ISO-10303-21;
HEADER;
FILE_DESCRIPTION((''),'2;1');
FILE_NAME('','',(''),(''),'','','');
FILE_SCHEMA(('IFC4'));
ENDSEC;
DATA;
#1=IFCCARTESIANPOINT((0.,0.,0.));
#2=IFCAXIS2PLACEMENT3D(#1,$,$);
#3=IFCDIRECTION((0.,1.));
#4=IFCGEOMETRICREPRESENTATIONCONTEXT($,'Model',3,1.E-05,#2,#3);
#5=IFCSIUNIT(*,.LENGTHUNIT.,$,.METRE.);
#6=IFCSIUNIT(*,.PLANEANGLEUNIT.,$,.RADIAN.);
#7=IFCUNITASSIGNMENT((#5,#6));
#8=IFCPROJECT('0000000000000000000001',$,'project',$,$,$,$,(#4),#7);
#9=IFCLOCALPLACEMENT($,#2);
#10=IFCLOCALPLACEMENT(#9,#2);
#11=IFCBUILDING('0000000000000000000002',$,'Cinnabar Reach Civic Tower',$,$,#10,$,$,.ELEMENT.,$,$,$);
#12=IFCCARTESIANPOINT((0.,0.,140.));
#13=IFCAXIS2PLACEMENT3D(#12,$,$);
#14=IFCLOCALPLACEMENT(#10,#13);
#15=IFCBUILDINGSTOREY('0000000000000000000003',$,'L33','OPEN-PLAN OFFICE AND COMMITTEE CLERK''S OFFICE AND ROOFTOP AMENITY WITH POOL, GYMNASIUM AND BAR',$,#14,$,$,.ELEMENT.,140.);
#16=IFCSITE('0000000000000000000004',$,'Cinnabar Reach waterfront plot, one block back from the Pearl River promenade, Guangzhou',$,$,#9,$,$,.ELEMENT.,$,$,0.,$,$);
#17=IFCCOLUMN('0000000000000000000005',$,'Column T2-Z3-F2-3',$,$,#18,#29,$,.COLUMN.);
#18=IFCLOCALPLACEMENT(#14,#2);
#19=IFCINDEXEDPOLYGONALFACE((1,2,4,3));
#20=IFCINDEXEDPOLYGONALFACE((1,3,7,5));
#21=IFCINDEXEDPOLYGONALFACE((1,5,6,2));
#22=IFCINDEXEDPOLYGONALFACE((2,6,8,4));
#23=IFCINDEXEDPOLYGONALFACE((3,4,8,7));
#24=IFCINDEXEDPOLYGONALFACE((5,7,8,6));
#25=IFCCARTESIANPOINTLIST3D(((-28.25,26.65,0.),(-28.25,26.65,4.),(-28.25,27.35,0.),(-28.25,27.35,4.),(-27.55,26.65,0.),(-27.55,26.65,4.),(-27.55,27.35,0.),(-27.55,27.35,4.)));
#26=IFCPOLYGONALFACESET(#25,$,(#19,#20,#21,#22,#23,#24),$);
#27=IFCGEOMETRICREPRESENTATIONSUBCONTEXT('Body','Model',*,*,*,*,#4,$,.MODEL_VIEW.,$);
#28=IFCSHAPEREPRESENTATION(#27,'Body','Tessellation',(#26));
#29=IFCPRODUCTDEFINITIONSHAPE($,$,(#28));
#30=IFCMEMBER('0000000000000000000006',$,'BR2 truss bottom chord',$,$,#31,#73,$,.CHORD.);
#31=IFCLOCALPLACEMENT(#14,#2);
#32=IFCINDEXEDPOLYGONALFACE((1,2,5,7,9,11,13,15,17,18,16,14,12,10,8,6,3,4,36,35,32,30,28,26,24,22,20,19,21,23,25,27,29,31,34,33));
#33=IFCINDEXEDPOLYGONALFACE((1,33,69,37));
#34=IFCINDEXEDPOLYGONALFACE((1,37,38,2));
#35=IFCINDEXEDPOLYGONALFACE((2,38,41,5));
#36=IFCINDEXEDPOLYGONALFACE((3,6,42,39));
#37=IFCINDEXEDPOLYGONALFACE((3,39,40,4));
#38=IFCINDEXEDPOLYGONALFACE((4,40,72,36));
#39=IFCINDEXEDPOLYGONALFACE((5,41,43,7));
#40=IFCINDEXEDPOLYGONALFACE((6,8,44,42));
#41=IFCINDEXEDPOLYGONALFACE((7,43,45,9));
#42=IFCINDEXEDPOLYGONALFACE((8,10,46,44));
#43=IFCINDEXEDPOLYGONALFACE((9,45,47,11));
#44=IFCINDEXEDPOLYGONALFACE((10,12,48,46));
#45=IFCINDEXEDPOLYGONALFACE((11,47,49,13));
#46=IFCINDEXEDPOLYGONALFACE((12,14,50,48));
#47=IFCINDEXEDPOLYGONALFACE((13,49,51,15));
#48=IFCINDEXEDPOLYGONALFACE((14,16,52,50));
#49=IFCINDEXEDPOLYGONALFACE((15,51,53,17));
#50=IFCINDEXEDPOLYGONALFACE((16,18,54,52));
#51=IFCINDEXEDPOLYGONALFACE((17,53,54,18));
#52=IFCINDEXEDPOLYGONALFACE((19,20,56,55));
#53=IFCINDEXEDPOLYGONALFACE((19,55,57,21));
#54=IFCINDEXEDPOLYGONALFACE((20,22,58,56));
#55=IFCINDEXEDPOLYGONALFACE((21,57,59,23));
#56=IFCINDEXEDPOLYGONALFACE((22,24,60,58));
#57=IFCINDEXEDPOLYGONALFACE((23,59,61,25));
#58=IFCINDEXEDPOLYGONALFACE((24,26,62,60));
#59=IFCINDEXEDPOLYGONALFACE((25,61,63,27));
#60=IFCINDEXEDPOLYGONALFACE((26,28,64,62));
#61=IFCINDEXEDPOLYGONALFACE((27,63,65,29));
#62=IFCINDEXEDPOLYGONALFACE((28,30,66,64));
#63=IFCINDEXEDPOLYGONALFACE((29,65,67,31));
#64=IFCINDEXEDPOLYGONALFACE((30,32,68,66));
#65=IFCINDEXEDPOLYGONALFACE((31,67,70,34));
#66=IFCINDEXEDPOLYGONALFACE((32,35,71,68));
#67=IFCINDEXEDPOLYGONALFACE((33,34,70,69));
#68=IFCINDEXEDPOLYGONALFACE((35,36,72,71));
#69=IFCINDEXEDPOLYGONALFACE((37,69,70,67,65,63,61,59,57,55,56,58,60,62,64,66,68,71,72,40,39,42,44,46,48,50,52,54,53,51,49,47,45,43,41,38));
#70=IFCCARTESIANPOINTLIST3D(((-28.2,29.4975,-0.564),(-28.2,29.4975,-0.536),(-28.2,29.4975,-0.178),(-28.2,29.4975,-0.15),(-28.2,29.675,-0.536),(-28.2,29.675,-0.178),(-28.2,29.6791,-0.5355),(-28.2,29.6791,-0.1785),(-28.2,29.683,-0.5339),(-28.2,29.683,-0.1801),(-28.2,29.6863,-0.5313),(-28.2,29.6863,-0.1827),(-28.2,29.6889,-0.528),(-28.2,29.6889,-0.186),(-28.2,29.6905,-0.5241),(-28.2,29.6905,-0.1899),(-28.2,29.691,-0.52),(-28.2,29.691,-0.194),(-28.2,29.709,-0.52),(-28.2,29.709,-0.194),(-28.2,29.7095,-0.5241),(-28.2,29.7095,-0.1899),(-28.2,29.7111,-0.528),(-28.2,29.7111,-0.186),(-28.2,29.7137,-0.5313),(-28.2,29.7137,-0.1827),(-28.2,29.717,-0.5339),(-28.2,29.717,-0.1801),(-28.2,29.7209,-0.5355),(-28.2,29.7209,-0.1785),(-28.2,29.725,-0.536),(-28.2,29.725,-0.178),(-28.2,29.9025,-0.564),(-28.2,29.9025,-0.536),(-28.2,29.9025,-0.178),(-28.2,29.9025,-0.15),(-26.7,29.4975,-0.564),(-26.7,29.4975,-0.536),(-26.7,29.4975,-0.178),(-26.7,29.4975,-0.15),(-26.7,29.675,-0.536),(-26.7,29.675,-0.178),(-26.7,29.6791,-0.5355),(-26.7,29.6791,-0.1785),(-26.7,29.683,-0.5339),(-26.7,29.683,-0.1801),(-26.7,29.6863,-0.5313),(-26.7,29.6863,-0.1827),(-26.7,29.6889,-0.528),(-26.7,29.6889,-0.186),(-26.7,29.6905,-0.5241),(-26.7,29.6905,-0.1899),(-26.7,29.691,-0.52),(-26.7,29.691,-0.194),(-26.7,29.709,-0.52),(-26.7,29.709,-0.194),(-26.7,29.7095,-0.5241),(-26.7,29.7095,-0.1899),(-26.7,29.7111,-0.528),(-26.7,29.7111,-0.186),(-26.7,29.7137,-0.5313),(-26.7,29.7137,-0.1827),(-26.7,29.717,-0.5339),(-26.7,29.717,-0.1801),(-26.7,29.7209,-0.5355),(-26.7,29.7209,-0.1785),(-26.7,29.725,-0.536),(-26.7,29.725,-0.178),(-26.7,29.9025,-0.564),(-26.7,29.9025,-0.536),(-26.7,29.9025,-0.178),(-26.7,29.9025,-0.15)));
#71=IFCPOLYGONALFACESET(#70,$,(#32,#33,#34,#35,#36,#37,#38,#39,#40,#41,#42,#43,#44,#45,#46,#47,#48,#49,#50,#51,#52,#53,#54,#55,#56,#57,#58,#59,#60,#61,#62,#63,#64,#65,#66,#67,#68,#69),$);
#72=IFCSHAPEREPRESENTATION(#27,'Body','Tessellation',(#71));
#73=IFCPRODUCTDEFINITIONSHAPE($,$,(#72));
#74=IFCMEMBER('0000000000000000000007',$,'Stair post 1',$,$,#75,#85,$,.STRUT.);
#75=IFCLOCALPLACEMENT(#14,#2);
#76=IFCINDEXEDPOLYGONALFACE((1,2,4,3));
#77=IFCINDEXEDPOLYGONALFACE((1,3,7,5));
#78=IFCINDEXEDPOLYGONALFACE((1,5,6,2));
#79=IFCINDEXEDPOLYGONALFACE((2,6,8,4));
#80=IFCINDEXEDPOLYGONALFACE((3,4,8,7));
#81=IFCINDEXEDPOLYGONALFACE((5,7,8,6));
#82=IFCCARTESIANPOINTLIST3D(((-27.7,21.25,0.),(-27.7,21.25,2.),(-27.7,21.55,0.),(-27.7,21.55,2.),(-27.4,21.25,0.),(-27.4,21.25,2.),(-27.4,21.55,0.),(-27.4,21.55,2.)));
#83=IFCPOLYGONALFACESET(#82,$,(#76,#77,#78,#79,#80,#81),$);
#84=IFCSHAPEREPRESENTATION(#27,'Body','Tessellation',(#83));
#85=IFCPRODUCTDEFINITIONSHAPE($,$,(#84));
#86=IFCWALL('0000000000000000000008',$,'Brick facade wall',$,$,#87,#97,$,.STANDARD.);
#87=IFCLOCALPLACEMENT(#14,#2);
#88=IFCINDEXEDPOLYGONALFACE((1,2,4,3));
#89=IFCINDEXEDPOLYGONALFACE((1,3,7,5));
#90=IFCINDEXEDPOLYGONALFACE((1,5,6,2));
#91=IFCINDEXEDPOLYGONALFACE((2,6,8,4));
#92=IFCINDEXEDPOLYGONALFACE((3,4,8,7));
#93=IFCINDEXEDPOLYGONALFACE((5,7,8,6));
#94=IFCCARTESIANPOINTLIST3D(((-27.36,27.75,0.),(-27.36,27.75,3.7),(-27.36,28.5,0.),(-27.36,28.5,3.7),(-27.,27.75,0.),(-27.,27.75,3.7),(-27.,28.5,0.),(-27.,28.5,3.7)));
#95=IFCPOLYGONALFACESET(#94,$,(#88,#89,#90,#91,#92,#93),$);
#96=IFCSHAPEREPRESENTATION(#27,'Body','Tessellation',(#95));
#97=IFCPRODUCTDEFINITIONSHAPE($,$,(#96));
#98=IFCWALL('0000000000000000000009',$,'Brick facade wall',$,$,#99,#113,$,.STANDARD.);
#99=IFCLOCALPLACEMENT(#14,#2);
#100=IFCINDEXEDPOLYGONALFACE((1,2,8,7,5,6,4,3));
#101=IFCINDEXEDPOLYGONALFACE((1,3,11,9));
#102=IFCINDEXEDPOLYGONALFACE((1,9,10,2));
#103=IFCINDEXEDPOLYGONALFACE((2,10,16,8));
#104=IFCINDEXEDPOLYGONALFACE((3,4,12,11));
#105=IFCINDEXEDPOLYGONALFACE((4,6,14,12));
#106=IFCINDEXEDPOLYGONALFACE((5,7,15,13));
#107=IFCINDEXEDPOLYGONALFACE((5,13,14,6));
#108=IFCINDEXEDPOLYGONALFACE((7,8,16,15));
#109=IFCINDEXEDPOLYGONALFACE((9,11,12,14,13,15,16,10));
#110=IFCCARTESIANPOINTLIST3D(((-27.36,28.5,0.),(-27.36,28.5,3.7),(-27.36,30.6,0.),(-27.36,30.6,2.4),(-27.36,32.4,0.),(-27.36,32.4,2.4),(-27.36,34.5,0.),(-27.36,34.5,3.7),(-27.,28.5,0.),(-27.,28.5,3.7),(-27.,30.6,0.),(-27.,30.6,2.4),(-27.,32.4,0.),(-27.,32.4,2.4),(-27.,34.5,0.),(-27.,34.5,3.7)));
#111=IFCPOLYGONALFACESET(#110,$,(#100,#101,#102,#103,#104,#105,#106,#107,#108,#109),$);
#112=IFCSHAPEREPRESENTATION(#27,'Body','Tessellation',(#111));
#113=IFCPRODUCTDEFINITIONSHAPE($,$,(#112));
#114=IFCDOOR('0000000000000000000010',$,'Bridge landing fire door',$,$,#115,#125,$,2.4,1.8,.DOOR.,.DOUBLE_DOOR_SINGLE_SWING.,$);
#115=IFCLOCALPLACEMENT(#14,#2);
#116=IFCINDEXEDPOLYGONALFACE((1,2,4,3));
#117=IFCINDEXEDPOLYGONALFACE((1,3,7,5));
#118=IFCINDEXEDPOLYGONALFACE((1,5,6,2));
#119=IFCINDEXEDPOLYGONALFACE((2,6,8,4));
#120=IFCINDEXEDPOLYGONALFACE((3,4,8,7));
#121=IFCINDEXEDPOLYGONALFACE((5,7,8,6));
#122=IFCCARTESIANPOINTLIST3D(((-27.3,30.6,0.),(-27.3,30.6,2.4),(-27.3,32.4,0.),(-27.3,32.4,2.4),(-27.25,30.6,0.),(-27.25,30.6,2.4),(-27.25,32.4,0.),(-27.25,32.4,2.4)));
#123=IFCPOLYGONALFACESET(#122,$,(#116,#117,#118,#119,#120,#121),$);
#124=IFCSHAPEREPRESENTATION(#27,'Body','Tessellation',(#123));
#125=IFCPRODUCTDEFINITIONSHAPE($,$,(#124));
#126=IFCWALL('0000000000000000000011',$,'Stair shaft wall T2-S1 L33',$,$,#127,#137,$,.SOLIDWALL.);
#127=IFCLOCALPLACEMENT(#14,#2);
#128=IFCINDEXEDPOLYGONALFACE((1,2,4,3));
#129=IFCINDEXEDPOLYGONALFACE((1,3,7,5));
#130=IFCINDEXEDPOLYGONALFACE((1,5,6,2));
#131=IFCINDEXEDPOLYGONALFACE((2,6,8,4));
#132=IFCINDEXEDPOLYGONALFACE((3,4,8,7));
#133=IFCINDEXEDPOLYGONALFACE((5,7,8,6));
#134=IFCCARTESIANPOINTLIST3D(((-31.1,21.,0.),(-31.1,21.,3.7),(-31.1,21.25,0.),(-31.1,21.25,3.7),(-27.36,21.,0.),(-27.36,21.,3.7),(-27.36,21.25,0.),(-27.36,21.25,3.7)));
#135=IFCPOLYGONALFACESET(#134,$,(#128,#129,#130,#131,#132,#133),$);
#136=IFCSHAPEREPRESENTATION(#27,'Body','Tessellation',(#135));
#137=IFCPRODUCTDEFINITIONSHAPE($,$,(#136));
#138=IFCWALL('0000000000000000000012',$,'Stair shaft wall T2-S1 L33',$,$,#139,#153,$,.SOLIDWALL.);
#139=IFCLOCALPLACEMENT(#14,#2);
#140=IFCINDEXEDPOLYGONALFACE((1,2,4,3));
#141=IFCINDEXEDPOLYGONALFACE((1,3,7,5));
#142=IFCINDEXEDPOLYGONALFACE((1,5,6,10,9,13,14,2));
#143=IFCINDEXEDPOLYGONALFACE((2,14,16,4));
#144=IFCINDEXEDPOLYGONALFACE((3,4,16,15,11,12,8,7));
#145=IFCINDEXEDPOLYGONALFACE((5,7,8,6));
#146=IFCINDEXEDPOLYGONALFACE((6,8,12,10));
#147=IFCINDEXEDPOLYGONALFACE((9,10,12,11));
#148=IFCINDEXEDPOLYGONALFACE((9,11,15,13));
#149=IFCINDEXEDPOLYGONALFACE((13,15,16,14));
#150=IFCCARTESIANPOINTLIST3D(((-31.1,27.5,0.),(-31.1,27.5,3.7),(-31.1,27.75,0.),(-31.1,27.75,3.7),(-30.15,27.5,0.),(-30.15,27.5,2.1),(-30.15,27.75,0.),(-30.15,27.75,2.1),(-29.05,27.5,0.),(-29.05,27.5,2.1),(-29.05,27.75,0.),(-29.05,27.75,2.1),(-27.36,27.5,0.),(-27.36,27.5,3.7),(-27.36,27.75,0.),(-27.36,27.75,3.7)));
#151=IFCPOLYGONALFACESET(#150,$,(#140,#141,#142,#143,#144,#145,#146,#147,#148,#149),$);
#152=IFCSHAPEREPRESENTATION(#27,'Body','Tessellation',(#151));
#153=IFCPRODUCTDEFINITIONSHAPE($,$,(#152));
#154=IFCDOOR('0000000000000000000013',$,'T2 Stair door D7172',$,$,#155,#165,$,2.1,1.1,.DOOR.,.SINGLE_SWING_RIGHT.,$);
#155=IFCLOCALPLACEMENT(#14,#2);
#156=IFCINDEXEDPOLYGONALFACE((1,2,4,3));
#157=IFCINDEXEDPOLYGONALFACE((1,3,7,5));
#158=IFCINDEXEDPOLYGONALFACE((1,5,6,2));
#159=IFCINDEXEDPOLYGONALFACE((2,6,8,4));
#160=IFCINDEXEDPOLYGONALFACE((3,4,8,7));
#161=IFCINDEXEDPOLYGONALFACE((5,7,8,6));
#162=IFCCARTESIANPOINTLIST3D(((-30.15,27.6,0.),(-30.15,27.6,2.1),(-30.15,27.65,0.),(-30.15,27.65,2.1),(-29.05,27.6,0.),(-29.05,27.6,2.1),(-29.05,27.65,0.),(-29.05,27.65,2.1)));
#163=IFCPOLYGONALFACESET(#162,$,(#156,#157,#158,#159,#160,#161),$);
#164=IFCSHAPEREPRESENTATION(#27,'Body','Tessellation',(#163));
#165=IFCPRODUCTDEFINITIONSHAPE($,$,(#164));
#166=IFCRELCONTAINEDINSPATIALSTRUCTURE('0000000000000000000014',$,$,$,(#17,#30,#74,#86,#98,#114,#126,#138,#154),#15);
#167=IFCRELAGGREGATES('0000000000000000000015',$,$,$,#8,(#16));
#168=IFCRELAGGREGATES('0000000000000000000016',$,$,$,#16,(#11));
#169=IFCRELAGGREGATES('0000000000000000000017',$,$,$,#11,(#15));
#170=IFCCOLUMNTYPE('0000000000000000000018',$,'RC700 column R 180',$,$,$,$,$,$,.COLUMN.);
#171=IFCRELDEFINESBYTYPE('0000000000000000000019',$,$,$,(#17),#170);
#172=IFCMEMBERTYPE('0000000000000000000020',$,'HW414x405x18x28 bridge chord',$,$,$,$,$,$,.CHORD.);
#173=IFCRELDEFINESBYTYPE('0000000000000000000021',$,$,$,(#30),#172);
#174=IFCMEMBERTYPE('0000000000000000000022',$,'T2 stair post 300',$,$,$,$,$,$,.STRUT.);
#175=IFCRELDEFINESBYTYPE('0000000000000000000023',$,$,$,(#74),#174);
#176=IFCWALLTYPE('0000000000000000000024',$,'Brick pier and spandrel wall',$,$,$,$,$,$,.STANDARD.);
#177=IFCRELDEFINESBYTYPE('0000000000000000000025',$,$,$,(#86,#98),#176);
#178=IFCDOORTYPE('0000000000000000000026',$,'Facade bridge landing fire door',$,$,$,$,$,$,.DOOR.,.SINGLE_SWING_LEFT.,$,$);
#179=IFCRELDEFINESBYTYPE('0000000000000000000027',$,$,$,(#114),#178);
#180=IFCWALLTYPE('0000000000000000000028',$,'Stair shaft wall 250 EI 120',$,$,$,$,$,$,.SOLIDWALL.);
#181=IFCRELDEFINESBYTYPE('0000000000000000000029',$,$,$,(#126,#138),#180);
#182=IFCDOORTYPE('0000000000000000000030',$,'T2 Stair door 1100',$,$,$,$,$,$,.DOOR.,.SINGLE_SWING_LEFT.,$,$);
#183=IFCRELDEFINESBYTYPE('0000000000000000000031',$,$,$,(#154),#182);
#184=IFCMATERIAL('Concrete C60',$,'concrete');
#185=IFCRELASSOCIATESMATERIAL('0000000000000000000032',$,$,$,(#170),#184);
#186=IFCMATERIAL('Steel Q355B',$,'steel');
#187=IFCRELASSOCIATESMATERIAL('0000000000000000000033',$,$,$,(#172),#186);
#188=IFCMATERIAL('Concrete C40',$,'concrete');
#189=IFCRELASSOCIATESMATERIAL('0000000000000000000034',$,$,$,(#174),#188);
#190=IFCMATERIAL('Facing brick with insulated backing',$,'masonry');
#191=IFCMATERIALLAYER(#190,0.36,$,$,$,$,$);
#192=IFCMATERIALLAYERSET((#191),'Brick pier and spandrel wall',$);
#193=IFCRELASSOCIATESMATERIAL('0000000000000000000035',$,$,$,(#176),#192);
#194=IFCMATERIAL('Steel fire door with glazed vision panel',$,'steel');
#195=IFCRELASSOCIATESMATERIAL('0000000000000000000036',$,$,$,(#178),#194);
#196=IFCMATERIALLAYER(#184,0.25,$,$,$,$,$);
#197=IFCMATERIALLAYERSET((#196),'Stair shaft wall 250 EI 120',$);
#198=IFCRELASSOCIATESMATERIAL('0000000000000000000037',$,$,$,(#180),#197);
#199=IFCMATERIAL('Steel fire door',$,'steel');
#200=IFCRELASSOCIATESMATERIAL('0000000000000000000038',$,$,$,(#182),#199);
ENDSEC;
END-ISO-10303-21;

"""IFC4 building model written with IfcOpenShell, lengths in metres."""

from ifc_helpers import new_model, si_unit, direction, frame, frame_2d, origin, origin_2d, place, context, subcontext, project, spatial, rectangle, i_section, extrude, material, layer, layer_set, material_profile, profile_set, type_object, element, fill, save


model = new_model("IFC4")

# Units and contexts
model_context = context("Model", 3, precision=1e-05, world=origin(), true_north=direction((0.0, 1.0)))
body_context = subcontext(model_context, "Body", "Model", "MODEL_VIEW")
ifc_project = project(units=[si_unit("LENGTHUNIT", "METRE"), si_unit("PLANEANGLEUNIT", "RADIAN")], contexts=[model_context])

# Site, building, storey
site_placement = place(None, origin())
site = spatial("IfcSite", under=ifc_project, at=site_placement, Name="Cinnabar Reach waterfront plot, one block back from the Pearl River promenade, Guangzhou", CompositionType="ELEMENT", RefElevation=0.0)
building_placement = place(site_placement, origin())
building = spatial("IfcBuilding", under=site, at=building_placement, Name="Cinnabar Reach Civic Tower", CompositionType="ELEMENT")
storey_placement = place(building_placement, frame((0.0, 0.0, 140.0)))
storey = spatial("IfcBuildingStorey", under=building, at=storey_placement, Name="L33", Description="OPEN-PLAN OFFICE AND COMMITTEE CLERK'S OFFICE AND ROOFTOP AMENITY WITH POOL, GYMNASIUM AND BAR", CompositionType="ELEMENT", Elevation=140.0)

# Column
ifc_material_1 = material(Name="Concrete C60", Category="concrete")
ifc_material_profile_1 = material_profile(ifc_material_1, rectangle(XDim=0.7, YDim=0.7, at=origin_2d()), Name="RC700")
ifc_profile_set_1 = profile_set([ifc_material_profile_1], Name="Concrete C60")
column_type = type_object("IfcColumnType", Name="RC700 column R 180", PredefinedType="COLUMN", material=ifc_profile_set_1)
column_placement = place(storey_placement, frame((-27.9, 27.0, 0.0), z_axis=(0.0, 0.0, 1.0), x_axis=(1.0, 0.0, 0.0)))
element("IfcColumn", 1, at=column_placement, inside=storey, type_object=column_type, Name="Column T2-Z3-F2-3", PredefinedType="COLUMN", context=body_context, shape_type="SweptSolid", body=[
    extrude(rectangle(XDim=0.7, YDim=0.7, at=origin_2d()), origin(), (0.0, 0.0, 1.0), 4.0),
])

# Members
ifc_material_2 = material(Name="Steel Q355B", Category="steel")
ifc_material_profile_2 = material_profile(ifc_material_2, i_section(OverallWidth=0.405, OverallDepth=0.414, WebThickness=0.018, FlangeThickness=0.028, FilletRadius=0.016, at=origin_2d()), Name="HW414x405x18x28")
ifc_profile_set_2 = profile_set([ifc_material_profile_2], Name="Steel Q355B")
member_type_1 = type_object("IfcMemberType", Name="HW414x405x18x28 bridge chord", PredefinedType="CHORD", material=ifc_profile_set_2)
member_1_placement = place(storey_placement, frame((-28.2, 29.7, -0.357), z_axis=(1.0, 0.0, 0.0), x_axis=(0.0, 1.0, 0.0)))
element("IfcMember", 2, at=member_1_placement, inside=storey, type_object=member_type_1, Name="BR2 truss bottom chord", PredefinedType="CHORD", context=body_context, shape_type="SweptSolid", body=[
    extrude(i_section(OverallWidth=0.405, OverallDepth=0.414, WebThickness=0.018, FlangeThickness=0.028, FilletRadius=0.016, at=origin_2d()), origin(), (0.0, 0.0, 1.0), 1.5),
])
ifc_material_3 = material(Name="Concrete C40", Category="concrete")
ifc_material_profile_3 = material_profile(ifc_material_3, rectangle(XDim=0.3, YDim=0.3, at=origin_2d()), Name="C300")
ifc_profile_set_3 = profile_set([ifc_material_profile_3], Name="Concrete C40")
member_type_2 = type_object("IfcMemberType", Name="T2 stair post 300", PredefinedType="STRUT", material=ifc_profile_set_3)
member_2_placement = place(storey_placement, frame((-27.55, 21.4, 0.0), z_axis=(0.0, 0.0, 1.0), x_axis=(1.0, 0.0, 0.0)))
element("IfcMember", 3, at=member_2_placement, inside=storey, type_object=member_type_2, Name="Stair post 1", PredefinedType="STRUT", context=body_context, shape_type="SweptSolid", body=[
    extrude(rectangle(XDim=0.3, YDim=0.3, at=origin_2d()), origin(), (0.0, 0.0, 1.0), 2.0),
])

# Wall
ifc_material_4 = material(Name="Facing brick with insulated backing", Category="masonry")
ifc_layer_1 = layer(ifc_material_4, 0.36)
ifc_layer_set_1 = layer_set([ifc_layer_1], Name="Brick pier and spandrel wall")
wall_type_1 = type_object("IfcWallType", Name="Brick pier and spandrel wall", PredefinedType="STANDARD", material=ifc_layer_set_1)
wall_1_placement = place(storey_placement, frame((-27.18, 27.75, 0.0), z_axis=(0.0, 0.0, 1.0), x_axis=(0.0, 1.0, 0.0)))
element("IfcWall", 4, at=wall_1_placement, inside=storey, type_object=wall_type_1, Name="Brick facade wall", PredefinedType="STANDARD", context=body_context, shape_type="SweptSolid", body=[
    extrude(rectangle(XDim=0.75, YDim=0.36, at=frame_2d((0.375, 0.0))), origin(), (0.0, 0.0, 1.0), 3.7),
])

# Wall, opening, door
wall_2_placement = place(storey_placement, frame((-27.18, 28.5, 0.0), z_axis=(0.0, 0.0, 1.0), x_axis=(0.0, 1.0, 0.0)))
wall_2 = element("IfcWall", 5, at=wall_2_placement, inside=storey, type_object=wall_type_1, Name="Brick facade wall", PredefinedType="STANDARD", context=body_context, shape_type="SweptSolid", body=[
    extrude(rectangle(XDim=6.0, YDim=0.36, at=frame_2d((3.0, 0.0))), origin(), (0.0, 0.0, 1.0), 3.7),
])
opening_1_placement = place(wall_2_placement, frame((2.1, 0.0, 0.0)))
opening_1 = element("IfcOpeningElement", 6, at=opening_1_placement, cuts=wall_2, PredefinedType="OPENING", context=body_context, shape_type="SweptSolid", body=[
    extrude(rectangle(XDim=1.8, YDim=2.4, at=frame_2d((0.9, 1.2))), frame((0.0, 0.19, 0.0), z_axis=(0.0, -1.0, 0.0), x_axis=(1.0, 0.0, 0.0)), (0.0, 0.0, 1.0), 0.38),
])
ifc_material_5 = material(Name="Steel fire door with glazed vision panel", Category="steel")
door_type_1 = type_object("IfcDoorType", Name="Facade bridge landing fire door", OperationType="SINGLE_SWING_LEFT", PredefinedType="DOOR", material=ifc_material_5)
door_1_placement = place(opening_1_placement, frame((1.8, 0.0, 0.0), z_axis=(0.0, 0.0, 1.0), x_axis=(-1.0, 0.0, 0.0)))
door_1 = element("IfcDoor", 7, at=door_1_placement, inside=storey, type_object=door_type_1, Name="Bridge landing fire door", OperationType="DOUBLE_DOOR_SINGLE_SWING", OverallHeight=2.4, OverallWidth=1.8, PredefinedType="DOOR", context=body_context, shape_type="SweptSolid", body=[
    extrude(rectangle(XDim=1.8, YDim=2.4, at=frame_2d((0.9, 1.2))), frame((0.0, -0.07, 0.0), z_axis=(0.0, -1.0, 0.0), x_axis=(1.0, 0.0, 0.0)), (0.0, 0.0, 1.0), 0.05),
])
fill(opening_1, door_1)

# Wall
ifc_layer_2 = layer(ifc_material_1, 0.25)
ifc_layer_set_2 = layer_set([ifc_layer_2], Name="Stair shaft wall 250 EI 120")
wall_type_2 = type_object("IfcWallType", Name="Stair shaft wall 250 EI 120", PredefinedType="SOLIDWALL", material=ifc_layer_set_2)
wall_3_placement = place(storey_placement, frame((-31.1, 21.125, 0.0), z_axis=(0.0, 0.0, 1.0), x_axis=(1.0, 0.0, 0.0)))
element("IfcWall", 8, at=wall_3_placement, inside=storey, type_object=wall_type_2, Name="Stair shaft wall T2-S1 L33", PredefinedType="SOLIDWALL", context=body_context, shape_type="SweptSolid", body=[
    extrude(rectangle(XDim=3.74, YDim=0.25, at=frame_2d((1.87, 0.0))), origin(), (0.0, 0.0, 1.0), 3.7),
])

# Wall, opening, door
wall_4_placement = place(storey_placement, frame((-27.36, 27.625, 0.0), z_axis=(0.0, 0.0, 1.0), x_axis=(-1.0, 0.0, 0.0)))
wall_4 = element("IfcWall", 9, at=wall_4_placement, inside=storey, type_object=wall_type_2, Name="Stair shaft wall T2-S1 L33", PredefinedType="SOLIDWALL", context=body_context, shape_type="SweptSolid", body=[
    extrude(rectangle(XDim=3.74, YDim=0.25, at=frame_2d((1.87, 0.0))), origin(), (0.0, 0.0, 1.0), 3.7),
])
opening_2_placement = place(wall_4_placement, frame((1.69, 0.0, 0.0)))
opening_2 = element("IfcOpeningElement", 10, at=opening_2_placement, cuts=wall_4, PredefinedType="OPENING", context=body_context, shape_type="SweptSolid", body=[
    extrude(rectangle(XDim=1.1, YDim=2.1, at=frame_2d((0.55, 1.05))), frame((0.0, 0.135, 0.0), z_axis=(0.0, -1.0, 0.0), x_axis=(1.0, 0.0, 0.0)), (0.0, 0.0, 1.0), 0.27),
])
ifc_material_6 = material(Name="Steel fire door", Category="steel")
door_type_2 = type_object("IfcDoorType", Name="T2 Stair door 1100", OperationType="SINGLE_SWING_LEFT", PredefinedType="DOOR", material=ifc_material_6)
door_2_placement = place(opening_2_placement, origin())
door_2 = element("IfcDoor", 11, at=door_2_placement, inside=storey, type_object=door_type_2, Name="T2 Stair door D7172", OperationType="SINGLE_SWING_RIGHT", OverallHeight=2.1, OverallWidth=1.1, PredefinedType="DOOR", context=body_context, shape_type="SweptSolid", body=[
    extrude(rectangle(XDim=1.1, YDim=2.1, at=frame_2d((0.55, 1.05))), frame((0.0, 0.025, 0.0), z_axis=(0.0, -1.0, 0.0), x_axis=(1.0, 0.0, 0.0)), (0.0, 0.0, 1.0), 0.05),
])
fill(opening_2, door_2)

save(model, "model.ifc")
